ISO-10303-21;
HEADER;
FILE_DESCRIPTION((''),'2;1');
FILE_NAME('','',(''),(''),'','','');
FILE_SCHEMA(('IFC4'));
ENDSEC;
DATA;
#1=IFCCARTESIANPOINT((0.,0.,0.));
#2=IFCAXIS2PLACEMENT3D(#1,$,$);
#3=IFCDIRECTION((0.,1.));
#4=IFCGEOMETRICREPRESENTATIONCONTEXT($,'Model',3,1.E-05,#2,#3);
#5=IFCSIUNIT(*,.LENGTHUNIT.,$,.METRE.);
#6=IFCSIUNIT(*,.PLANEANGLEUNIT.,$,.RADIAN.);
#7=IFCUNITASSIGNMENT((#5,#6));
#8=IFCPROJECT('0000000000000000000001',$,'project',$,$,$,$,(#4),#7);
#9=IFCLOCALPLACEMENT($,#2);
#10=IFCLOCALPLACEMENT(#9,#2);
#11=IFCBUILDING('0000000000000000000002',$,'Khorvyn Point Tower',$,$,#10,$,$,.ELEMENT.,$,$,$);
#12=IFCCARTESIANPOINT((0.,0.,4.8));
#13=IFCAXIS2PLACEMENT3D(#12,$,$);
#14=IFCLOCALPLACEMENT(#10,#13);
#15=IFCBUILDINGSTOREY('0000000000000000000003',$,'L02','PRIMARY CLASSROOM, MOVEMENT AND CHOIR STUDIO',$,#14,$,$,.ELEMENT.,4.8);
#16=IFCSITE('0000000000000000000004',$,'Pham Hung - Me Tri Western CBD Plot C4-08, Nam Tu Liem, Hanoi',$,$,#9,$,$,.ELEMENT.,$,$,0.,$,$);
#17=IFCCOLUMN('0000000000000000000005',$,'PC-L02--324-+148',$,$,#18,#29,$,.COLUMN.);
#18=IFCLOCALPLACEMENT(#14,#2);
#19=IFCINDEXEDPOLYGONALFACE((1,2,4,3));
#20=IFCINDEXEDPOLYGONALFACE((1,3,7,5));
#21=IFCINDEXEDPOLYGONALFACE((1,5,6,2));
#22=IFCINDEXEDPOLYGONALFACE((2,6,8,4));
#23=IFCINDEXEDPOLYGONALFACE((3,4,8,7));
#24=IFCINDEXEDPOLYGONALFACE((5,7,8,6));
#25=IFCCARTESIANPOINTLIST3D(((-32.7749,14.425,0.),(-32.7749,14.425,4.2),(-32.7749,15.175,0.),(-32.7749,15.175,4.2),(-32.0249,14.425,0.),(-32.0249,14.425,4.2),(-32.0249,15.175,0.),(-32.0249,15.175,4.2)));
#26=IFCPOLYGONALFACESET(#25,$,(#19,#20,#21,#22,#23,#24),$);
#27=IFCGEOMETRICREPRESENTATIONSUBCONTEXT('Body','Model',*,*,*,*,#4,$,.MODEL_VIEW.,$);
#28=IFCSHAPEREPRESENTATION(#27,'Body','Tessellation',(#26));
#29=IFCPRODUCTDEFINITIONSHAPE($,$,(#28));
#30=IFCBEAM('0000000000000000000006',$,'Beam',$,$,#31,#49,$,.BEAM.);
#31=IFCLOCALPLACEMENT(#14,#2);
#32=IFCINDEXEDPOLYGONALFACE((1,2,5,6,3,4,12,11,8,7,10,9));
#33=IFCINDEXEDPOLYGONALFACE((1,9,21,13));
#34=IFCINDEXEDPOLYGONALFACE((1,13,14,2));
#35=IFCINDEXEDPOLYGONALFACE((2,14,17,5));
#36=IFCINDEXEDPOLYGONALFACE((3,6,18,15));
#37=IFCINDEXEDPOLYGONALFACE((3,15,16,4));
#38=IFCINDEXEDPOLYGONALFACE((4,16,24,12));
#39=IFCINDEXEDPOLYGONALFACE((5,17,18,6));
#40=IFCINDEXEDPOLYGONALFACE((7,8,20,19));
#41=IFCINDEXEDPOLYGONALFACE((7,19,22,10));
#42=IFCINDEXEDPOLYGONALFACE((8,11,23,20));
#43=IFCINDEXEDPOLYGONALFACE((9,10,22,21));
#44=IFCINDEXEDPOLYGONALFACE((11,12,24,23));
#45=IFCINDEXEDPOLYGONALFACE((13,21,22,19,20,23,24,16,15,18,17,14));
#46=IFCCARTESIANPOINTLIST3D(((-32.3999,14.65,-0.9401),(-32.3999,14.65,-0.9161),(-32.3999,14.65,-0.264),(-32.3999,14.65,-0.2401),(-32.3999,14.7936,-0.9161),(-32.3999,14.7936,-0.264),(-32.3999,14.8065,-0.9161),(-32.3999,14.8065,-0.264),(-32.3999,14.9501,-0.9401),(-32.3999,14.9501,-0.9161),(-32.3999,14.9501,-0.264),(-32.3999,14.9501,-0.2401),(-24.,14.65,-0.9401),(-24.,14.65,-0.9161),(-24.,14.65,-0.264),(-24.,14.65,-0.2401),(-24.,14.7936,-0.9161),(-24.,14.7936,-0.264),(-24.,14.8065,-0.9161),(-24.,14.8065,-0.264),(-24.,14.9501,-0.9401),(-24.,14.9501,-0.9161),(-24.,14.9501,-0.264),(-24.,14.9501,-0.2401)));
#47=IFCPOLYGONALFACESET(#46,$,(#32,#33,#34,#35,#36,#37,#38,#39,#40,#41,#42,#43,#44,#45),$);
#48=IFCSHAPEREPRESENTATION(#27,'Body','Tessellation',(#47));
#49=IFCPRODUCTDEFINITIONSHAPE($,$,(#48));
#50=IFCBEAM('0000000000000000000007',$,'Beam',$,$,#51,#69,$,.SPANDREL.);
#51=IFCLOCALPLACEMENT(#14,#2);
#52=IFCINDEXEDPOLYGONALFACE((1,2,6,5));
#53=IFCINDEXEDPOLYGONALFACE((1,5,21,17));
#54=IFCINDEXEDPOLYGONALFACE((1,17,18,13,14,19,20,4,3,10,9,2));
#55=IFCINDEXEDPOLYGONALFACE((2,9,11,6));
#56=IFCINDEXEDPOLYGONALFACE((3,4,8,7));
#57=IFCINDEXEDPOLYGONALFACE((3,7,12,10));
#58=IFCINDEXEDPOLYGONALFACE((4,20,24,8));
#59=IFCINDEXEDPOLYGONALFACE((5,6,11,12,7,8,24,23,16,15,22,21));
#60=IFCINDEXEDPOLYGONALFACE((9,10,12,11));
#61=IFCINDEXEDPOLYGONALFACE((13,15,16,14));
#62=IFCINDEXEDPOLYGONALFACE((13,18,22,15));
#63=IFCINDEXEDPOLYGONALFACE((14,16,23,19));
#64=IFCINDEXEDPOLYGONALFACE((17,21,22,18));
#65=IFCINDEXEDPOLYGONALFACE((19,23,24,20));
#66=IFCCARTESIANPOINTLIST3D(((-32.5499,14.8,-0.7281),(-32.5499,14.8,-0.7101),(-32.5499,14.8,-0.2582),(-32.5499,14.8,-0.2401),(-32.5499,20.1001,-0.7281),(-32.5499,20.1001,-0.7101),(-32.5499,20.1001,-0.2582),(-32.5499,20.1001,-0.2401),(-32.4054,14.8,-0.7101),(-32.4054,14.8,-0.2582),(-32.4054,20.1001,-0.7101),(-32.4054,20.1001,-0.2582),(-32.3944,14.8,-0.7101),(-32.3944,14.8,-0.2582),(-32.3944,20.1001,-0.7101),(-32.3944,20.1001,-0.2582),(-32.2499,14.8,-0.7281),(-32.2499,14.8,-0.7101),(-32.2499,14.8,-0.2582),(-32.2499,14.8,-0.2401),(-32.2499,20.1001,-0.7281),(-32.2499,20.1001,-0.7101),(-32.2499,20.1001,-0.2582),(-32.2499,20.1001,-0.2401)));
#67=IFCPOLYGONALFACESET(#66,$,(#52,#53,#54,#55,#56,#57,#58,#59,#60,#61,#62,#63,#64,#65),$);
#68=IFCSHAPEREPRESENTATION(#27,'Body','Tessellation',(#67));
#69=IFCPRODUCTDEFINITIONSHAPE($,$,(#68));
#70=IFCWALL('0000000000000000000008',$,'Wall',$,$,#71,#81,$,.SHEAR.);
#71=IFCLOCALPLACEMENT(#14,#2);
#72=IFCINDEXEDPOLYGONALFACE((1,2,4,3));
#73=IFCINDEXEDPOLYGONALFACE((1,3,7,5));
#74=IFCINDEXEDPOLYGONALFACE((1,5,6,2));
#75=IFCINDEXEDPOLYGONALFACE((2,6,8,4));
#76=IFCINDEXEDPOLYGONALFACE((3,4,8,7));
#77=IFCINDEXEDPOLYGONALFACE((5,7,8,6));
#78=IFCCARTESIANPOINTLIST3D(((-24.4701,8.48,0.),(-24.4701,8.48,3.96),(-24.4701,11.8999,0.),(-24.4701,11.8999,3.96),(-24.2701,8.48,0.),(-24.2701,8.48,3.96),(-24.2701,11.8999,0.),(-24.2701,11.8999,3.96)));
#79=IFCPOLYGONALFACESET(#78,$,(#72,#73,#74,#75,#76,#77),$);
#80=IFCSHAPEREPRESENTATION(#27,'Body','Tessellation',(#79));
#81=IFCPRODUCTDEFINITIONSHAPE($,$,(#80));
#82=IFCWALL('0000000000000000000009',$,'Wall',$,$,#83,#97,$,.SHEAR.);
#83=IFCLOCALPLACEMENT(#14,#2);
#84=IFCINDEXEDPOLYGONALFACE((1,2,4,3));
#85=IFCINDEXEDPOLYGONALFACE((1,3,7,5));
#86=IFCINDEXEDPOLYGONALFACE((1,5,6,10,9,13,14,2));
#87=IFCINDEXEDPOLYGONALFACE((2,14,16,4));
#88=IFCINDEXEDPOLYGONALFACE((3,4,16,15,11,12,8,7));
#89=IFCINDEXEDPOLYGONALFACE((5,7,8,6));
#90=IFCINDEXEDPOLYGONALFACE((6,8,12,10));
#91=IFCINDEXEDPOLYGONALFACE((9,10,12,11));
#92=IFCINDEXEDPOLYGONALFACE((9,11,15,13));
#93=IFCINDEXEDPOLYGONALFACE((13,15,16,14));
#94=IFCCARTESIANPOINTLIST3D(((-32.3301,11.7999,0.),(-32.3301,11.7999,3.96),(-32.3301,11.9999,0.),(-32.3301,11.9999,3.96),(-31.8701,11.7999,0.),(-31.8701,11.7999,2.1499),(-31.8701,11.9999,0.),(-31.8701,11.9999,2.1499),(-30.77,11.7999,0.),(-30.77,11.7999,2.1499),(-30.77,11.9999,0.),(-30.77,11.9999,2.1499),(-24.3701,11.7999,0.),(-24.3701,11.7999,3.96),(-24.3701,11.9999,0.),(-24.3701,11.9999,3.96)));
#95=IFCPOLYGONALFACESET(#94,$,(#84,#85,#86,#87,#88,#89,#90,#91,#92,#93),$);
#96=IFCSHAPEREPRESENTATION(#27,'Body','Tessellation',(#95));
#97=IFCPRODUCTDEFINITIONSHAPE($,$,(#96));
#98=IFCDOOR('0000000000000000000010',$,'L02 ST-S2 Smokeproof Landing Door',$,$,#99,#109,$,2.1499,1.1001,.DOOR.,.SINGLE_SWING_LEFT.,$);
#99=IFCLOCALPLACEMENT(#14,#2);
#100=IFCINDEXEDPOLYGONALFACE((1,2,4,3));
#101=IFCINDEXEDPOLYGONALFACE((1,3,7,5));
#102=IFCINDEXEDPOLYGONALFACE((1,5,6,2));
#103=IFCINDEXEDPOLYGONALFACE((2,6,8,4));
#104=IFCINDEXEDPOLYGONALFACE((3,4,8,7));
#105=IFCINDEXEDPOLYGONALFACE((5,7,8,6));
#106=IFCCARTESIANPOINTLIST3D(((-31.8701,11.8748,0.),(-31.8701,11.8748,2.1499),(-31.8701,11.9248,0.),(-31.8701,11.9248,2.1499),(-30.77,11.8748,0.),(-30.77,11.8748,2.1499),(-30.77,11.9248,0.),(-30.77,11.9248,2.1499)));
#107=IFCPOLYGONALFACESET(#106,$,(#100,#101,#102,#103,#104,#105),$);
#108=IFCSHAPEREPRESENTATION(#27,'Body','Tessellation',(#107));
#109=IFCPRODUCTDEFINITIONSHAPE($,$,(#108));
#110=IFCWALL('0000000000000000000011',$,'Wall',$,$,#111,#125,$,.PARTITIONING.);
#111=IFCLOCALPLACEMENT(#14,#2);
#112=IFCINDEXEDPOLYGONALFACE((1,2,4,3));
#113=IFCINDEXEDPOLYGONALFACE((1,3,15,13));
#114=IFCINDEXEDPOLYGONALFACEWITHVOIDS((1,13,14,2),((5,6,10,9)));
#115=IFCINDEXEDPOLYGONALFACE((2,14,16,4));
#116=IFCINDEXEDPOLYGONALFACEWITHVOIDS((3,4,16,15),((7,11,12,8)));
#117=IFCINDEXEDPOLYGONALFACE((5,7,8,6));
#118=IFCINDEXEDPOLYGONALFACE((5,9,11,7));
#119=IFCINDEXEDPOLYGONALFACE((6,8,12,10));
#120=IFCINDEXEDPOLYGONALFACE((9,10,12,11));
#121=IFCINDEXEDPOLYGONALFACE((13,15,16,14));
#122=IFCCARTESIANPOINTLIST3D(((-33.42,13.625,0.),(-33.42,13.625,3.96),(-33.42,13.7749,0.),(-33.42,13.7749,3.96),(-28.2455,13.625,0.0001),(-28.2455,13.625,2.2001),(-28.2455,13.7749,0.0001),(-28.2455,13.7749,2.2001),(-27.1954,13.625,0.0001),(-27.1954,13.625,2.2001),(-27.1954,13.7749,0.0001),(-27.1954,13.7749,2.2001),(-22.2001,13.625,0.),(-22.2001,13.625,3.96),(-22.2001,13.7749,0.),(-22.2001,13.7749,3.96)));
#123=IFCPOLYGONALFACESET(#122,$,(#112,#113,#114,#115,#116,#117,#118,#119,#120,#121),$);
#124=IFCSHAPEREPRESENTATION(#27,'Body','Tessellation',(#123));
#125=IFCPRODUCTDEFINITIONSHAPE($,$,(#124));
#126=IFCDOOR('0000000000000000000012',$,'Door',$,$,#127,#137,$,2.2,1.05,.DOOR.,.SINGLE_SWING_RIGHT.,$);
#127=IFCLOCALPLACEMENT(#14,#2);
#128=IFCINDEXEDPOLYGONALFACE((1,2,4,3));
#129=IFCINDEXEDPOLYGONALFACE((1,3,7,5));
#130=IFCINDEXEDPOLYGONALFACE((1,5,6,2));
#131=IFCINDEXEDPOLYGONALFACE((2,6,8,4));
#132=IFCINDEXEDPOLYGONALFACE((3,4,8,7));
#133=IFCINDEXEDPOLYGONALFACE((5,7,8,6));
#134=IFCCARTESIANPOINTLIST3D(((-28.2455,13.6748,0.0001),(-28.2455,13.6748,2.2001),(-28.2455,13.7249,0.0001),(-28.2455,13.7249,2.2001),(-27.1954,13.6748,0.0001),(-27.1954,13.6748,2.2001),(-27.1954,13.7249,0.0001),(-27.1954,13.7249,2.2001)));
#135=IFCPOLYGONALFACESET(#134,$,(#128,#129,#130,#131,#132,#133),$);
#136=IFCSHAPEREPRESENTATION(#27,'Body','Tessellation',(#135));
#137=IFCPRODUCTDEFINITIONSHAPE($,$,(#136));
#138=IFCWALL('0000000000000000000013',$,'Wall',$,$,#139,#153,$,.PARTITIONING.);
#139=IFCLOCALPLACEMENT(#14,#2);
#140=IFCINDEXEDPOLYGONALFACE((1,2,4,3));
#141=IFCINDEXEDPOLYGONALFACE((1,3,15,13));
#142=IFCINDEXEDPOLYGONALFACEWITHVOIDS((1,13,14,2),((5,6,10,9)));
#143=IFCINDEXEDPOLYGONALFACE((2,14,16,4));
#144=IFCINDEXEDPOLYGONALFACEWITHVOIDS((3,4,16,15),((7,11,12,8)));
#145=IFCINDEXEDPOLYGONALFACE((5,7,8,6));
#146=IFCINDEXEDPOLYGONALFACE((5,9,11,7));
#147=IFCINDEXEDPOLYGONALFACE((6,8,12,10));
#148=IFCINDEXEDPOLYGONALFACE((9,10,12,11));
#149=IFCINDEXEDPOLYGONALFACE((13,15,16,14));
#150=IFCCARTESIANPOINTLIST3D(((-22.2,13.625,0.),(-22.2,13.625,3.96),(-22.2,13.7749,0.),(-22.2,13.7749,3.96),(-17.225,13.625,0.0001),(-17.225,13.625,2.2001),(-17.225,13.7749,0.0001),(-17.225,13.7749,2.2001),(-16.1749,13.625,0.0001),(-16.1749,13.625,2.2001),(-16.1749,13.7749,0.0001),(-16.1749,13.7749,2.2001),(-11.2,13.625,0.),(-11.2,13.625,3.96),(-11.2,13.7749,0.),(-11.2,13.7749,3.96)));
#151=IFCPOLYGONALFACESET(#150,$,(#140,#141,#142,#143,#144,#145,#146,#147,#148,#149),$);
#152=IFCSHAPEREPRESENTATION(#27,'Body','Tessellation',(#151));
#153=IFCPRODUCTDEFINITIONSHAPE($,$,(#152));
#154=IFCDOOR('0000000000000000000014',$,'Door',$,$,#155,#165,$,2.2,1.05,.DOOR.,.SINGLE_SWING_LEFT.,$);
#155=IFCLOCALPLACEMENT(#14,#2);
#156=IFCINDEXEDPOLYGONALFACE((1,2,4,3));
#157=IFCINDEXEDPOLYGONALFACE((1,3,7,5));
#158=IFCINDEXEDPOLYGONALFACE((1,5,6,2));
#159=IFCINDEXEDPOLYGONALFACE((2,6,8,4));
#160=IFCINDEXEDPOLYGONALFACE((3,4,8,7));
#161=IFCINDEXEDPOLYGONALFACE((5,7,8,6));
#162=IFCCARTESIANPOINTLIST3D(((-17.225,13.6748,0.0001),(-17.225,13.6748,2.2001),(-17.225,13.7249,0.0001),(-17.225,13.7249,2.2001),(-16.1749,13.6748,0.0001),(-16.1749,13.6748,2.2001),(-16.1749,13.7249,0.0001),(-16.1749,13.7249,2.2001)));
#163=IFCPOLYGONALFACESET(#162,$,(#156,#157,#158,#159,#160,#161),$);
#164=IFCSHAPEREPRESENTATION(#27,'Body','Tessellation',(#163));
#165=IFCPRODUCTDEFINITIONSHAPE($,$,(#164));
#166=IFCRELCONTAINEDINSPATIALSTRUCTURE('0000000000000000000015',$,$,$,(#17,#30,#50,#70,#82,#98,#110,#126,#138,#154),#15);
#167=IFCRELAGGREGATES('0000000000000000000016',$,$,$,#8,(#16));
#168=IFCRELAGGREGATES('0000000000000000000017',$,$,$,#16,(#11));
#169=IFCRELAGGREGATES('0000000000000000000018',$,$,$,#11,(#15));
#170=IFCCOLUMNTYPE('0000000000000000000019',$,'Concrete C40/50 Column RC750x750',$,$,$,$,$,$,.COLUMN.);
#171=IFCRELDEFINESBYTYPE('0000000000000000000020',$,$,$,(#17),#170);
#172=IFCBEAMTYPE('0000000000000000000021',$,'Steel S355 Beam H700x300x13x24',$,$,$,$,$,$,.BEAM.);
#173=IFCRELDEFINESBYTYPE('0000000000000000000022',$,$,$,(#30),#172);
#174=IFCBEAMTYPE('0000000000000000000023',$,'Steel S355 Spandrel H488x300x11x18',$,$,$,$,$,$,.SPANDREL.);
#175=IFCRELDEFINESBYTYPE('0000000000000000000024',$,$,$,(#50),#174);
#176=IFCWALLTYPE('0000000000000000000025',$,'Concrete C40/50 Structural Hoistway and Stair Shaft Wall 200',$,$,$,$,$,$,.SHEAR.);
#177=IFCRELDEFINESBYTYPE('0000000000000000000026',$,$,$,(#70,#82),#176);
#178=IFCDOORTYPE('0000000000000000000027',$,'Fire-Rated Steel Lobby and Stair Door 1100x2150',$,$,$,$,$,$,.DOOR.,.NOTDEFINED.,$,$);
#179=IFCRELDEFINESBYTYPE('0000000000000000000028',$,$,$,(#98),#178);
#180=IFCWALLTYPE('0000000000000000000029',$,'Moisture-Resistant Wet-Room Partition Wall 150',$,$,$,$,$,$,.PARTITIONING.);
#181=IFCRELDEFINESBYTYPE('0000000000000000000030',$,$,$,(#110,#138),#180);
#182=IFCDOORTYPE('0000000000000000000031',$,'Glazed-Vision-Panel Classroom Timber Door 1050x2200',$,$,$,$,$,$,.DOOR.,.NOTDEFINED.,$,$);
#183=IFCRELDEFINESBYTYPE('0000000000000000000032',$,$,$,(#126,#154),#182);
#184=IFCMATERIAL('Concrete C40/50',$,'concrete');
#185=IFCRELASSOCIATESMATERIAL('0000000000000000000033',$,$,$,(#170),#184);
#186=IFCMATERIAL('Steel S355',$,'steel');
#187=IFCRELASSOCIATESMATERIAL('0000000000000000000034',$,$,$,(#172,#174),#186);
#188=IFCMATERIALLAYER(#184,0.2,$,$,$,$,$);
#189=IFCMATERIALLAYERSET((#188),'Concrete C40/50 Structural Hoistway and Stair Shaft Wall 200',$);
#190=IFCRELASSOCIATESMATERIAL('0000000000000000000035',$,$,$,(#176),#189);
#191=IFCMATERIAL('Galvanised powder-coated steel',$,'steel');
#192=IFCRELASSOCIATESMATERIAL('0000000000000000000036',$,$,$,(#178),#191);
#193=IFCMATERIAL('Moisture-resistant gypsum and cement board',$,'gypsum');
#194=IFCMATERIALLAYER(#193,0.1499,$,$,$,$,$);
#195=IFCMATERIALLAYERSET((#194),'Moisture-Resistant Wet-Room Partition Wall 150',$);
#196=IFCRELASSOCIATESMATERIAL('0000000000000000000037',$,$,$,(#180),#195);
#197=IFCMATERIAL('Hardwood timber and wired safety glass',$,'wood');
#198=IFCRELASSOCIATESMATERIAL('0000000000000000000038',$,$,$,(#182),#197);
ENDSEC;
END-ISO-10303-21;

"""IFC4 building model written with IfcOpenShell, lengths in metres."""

from ifc_helpers import new_model, si_unit, direction, frame, frame_2d, origin, origin_2d, place, context, subcontext, project, spatial, rectangle, i_section, extrude, material, layer, layer_set, material_profile, profile_set, type_object, element, fill, save


model = new_model("IFC4")

# Units and contexts
model_context = context("Model", 3, precision=1e-05, world=origin(), true_north=direction((0.0, 1.0)))
body_context = subcontext(model_context, "Body", "Model", "MODEL_VIEW")
ifc_project = project(units=[si_unit("LENGTHUNIT", "METRE"), si_unit("PLANEANGLEUNIT", "RADIAN")], contexts=[model_context])

# Site, building, storey
site_placement = place(None, origin())
site = spatial("IfcSite", under=ifc_project, at=site_placement, Name="Pham Hung - Me Tri Western CBD Plot C4-08, Nam Tu Liem, Hanoi", CompositionType="ELEMENT", RefElevation=0.0)
building_placement = place(site_placement, origin())
building = spatial("IfcBuilding", under=site, at=building_placement, Name="Khorvyn Point Tower", CompositionType="ELEMENT")
storey_placement = place(building_placement, frame((0.0, 0.0, 4.8)))
storey = spatial("IfcBuildingStorey", under=building, at=storey_placement, Name="L02", Description="PRIMARY CLASSROOM, MOVEMENT AND CHOIR STUDIO", CompositionType="ELEMENT", Elevation=4.8)

# Column
ifc_material_1 = material(Name="Concrete C40/50", Category="concrete")
ifc_material_profile_1 = material_profile(ifc_material_1, rectangle(XDim=0.75, YDim=0.75, at=origin_2d()))
ifc_profile_set_1 = profile_set([ifc_material_profile_1], Name="Concrete C40/50 RC750x750")
column_type = type_object("IfcColumnType", Name="Concrete C40/50 Column RC750x750", PredefinedType="COLUMN", material=ifc_profile_set_1)
column_placement = place(storey_placement, frame((-32.3999, 14.8, 0.0), z_axis=(0.0, 0.0, 1.0), x_axis=(1.0, 0.0, 0.0)))
element("IfcColumn", 1, at=column_placement, inside=storey, type_object=column_type, Name="PC-L02--324-+148", PredefinedType="COLUMN", context=body_context, shape_type="SweptSolid", body=[
    extrude(rectangle(XDim=0.75, YDim=0.75, at=origin_2d()), origin(), (0.0, 0.0, 1.0), 4.2),
])

# Beams
ifc_material_2 = material(Name="Steel S355", Category="steel")
ifc_material_profile_2 = material_profile(ifc_material_2, i_section(OverallWidth=0.3, OverallDepth=0.7, WebThickness=0.0129, FlangeThickness=0.0239, at=origin_2d()))
ifc_profile_set_2 = profile_set([ifc_material_profile_2], Name="Steel S355 H700x300x13x24")
beam_type_1 = type_object("IfcBeamType", Name="Steel S355 Beam H700x300x13x24", PredefinedType="BEAM", material=ifc_profile_set_2)
beam_1_placement = place(storey_placement, frame((-32.3999, 14.8, -0.5901), z_axis=(1.0, 0.0, 0.0), x_axis=(0.0, 1.0, 0.0)))
element("IfcBeam", 2, at=beam_1_placement, inside=storey, type_object=beam_type_1, Name="Beam", PredefinedType="BEAM", context=body_context, shape_type="SweptSolid", body=[
    extrude(i_section(OverallWidth=0.3, OverallDepth=0.7, WebThickness=0.0129, FlangeThickness=0.0239, at=origin_2d()), origin(), (0.0, 0.0, 1.0), 8.3999),
])
ifc_material_profile_3 = material_profile(ifc_material_2, i_section(OverallWidth=0.3, OverallDepth=0.488, WebThickness=0.011, FlangeThickness=0.0181, at=origin_2d()))
ifc_profile_set_3 = profile_set([ifc_material_profile_3], Name="Steel S355 H488x300x11x18")
beam_type_2 = type_object("IfcBeamType", Name="Steel S355 Spandrel H488x300x11x18", PredefinedType="SPANDREL", material=ifc_profile_set_3)
beam_2_placement = place(storey_placement, frame((-32.3999, 14.8, -0.4841), z_axis=(0.0, 1.0, 0.0), x_axis=(-1.0, 0.0, 0.0)))
element("IfcBeam", 3, at=beam_2_placement, inside=storey, type_object=beam_type_2, Name="Beam", PredefinedType="SPANDREL", context=body_context, shape_type="SweptSolid", body=[
    extrude(i_section(OverallWidth=0.3, OverallDepth=0.488, WebThickness=0.011, FlangeThickness=0.0181, at=origin_2d()), origin(), (0.0, 0.0, 1.0), 5.3),
])

# Wall
ifc_layer_1 = layer(ifc_material_1, 0.2)
ifc_layer_set_1 = layer_set([ifc_layer_1], Name="Concrete C40/50 Structural Hoistway and Stair Shaft Wall 200")
wall_type_1 = type_object("IfcWallType", Name="Concrete C40/50 Structural Hoistway and Stair Shaft Wall 200", PredefinedType="SHEAR", material=ifc_layer_set_1)
wall_1_placement = place(storey_placement, frame((-24.3701, 11.8999, 0.0), z_axis=(0.0, 0.0, 1.0), x_axis=(0.0, -1.0, 0.0)))
element("IfcWall", 4, at=wall_1_placement, inside=storey, type_object=wall_type_1, Name="Wall", PredefinedType="SHEAR", context=body_context, shape_type="SweptSolid", body=[
    extrude(rectangle(XDim=3.4199, YDim=0.2, at=frame_2d((1.71, 0.0))), origin(), (0.0, 0.0, 1.0), 3.96),
])

# Walls, openings, doors
wall_2_placement = place(storey_placement, frame((-32.3301, 11.8999, 0.0), z_axis=(0.0, 0.0, 1.0), x_axis=(1.0, 0.0, 0.0)))
wall_2 = element("IfcWall", 5, at=wall_2_placement, inside=storey, type_object=wall_type_1, Name="Wall", PredefinedType="SHEAR", context=body_context, shape_type="SweptSolid", body=[
    extrude(rectangle(XDim=7.96, YDim=0.2, at=frame_2d((3.98, 0.0))), origin(), (0.0, 0.0, 1.0), 3.96),
])
opening_1_placement = place(wall_2_placement, frame((0.46, 0.0, 0.0)))
opening_1 = element("IfcOpeningElement", 6, at=opening_1_placement, cuts=wall_2, PredefinedType="OPENING", context=body_context, shape_type="SweptSolid", body=[
    extrude(rectangle(XDim=1.1001, YDim=2.1499, at=frame_2d((0.55, 1.075))), frame((0.0, 0.1099, 0.0), z_axis=(0.0, -1.0, 0.0), x_axis=(1.0, 0.0, 0.0)), (0.0, 0.0, 1.0), 0.22),
])
ifc_material_3 = material(Name="Galvanised powder-coated steel", Category="steel")
door_type_1 = type_object("IfcDoorType", Name="Fire-Rated Steel Lobby and Stair Door 1100x2150", OperationType="NOTDEFINED", PredefinedType="DOOR", material=ifc_material_3)
door_1_placement = place(opening_1_placement, origin())
door_1 = element("IfcDoor", 7, at=door_1_placement, inside=storey, type_object=door_type_1, Name="L02 ST-S2 Smokeproof Landing Door", OperationType="SINGLE_SWING_LEFT", OverallHeight=2.1499, OverallWidth=1.1001, PredefinedType="DOOR", context=body_context, shape_type="SweptSolid", body=[
    extrude(rectangle(XDim=1.1001, YDim=2.1499, at=frame_2d((0.55, 1.075))), frame((0.0, 0.0249, 0.0), z_axis=(0.0, -1.0, 0.0), x_axis=(1.0, 0.0, 0.0)), (0.0, 0.0, 1.0), 0.05),
])
fill(opening_1, door_1)
ifc_material_4 = material(Name="Moisture-resistant gypsum and cement board", Category="gypsum")
ifc_layer_2 = layer(ifc_material_4, 0.1499)
ifc_layer_set_2 = layer_set([ifc_layer_2], Name="Moisture-Resistant Wet-Room Partition Wall 150")
wall_type_2 = type_object("IfcWallType", Name="Moisture-Resistant Wet-Room Partition Wall 150", PredefinedType="PARTITIONING", material=ifc_layer_set_2)
wall_3_placement = place(storey_placement, frame((-33.4199, 13.7, 0.0), z_axis=(0.0, 0.0, 1.0), x_axis=(1.0, 0.0, 0.0)))
wall_3 = element("IfcWall", 8, at=wall_3_placement, inside=storey, type_object=wall_type_2, Name="Wall", PredefinedType="PARTITIONING", context=body_context, shape_type="SweptSolid", body=[
    extrude(rectangle(XDim=11.22, YDim=0.1499, at=frame_2d((5.6099, 0.0))), origin(), (0.0, 0.0, 1.0), 3.96),
])
opening_2_placement = place(wall_3_placement, frame((5.1746, 0.0, 0.0)))
opening_2 = element("IfcOpeningElement", 9, at=opening_2_placement, cuts=wall_3, PredefinedType="OPENING", context=body_context, shape_type="SweptSolid", body=[
    extrude(rectangle(XDim=1.05, YDim=2.2, at=frame_2d((0.5249, 1.1001))), frame((0.0, 0.085, 0.0), z_axis=(0.0, -1.0, 0.0), x_axis=(1.0, 0.0, 0.0)), (0.0, 0.0, 1.0), 0.1699),
])
ifc_material_5 = material(Name="Hardwood timber and wired safety glass", Category="wood")
door_type_2 = type_object("IfcDoorType", Name="Glazed-Vision-Panel Classroom Timber Door 1050x2200", OperationType="NOTDEFINED", PredefinedType="DOOR", material=ifc_material_5)
door_2_placement = place(opening_2_placement, origin())
door_2 = element("IfcDoor", 10, at=door_2_placement, inside=storey, type_object=door_type_2, Name="Door", OperationType="SINGLE_SWING_RIGHT", OverallHeight=2.2, OverallWidth=1.05, PredefinedType="DOOR", context=body_context, shape_type="SweptSolid", body=[
    extrude(rectangle(XDim=1.05, YDim=2.2, at=frame_2d((0.5249, 1.1001))), frame((0.0, 0.0249, 0.0), z_axis=(0.0, -1.0, 0.0), x_axis=(1.0, 0.0, 0.0)), (0.0, 0.0, 1.0), 0.05),
])
fill(opening_2, door_2)
wall_4_placement = place(storey_placement, frame((-22.2, 13.7, 0.0), z_axis=(0.0, 0.0, 1.0), x_axis=(1.0, 0.0, 0.0)))
wall_4 = element("IfcWall", 11, at=wall_4_placement, inside=storey, type_object=wall_type_2, Name="Wall", PredefinedType="PARTITIONING", context=body_context, shape_type="SweptSolid", body=[
    extrude(rectangle(XDim=11.0, YDim=0.1499, at=frame_2d((5.5, 0.0))), origin(), (0.0, 0.0, 1.0), 3.96),
])
opening_3_placement = place(wall_4_placement, frame((4.9751, 0.0, 0.0)))
opening_3 = element("IfcOpeningElement", 12, at=opening_3_placement, cuts=wall_4, PredefinedType="OPENING", context=body_context, shape_type="SweptSolid", body=[
    extrude(rectangle(XDim=1.05, YDim=2.2, at=frame_2d((0.5249, 1.1001))), frame((0.0, 0.085, 0.0), z_axis=(0.0, -1.0, 0.0), x_axis=(1.0, 0.0, 0.0)), (0.0, 0.0, 1.0), 0.1699),
])
door_3_placement = place(opening_3_placement, origin())
door_3 = element("IfcDoor", 13, at=door_3_placement, inside=storey, type_object=door_type_2, Name="Door", OperationType="SINGLE_SWING_LEFT", OverallHeight=2.2, OverallWidth=1.05, PredefinedType="DOOR", context=body_context, shape_type="SweptSolid", body=[
    extrude(rectangle(XDim=1.05, YDim=2.2, at=frame_2d((0.5249, 1.1001))), frame((0.0, 0.0249, 0.0), z_axis=(0.0, -1.0, 0.0), x_axis=(1.0, 0.0, 0.0)), (0.0, 0.0, 1.0), 0.05),
])
fill(opening_3, door_3)

save(model, "model.ifc")
